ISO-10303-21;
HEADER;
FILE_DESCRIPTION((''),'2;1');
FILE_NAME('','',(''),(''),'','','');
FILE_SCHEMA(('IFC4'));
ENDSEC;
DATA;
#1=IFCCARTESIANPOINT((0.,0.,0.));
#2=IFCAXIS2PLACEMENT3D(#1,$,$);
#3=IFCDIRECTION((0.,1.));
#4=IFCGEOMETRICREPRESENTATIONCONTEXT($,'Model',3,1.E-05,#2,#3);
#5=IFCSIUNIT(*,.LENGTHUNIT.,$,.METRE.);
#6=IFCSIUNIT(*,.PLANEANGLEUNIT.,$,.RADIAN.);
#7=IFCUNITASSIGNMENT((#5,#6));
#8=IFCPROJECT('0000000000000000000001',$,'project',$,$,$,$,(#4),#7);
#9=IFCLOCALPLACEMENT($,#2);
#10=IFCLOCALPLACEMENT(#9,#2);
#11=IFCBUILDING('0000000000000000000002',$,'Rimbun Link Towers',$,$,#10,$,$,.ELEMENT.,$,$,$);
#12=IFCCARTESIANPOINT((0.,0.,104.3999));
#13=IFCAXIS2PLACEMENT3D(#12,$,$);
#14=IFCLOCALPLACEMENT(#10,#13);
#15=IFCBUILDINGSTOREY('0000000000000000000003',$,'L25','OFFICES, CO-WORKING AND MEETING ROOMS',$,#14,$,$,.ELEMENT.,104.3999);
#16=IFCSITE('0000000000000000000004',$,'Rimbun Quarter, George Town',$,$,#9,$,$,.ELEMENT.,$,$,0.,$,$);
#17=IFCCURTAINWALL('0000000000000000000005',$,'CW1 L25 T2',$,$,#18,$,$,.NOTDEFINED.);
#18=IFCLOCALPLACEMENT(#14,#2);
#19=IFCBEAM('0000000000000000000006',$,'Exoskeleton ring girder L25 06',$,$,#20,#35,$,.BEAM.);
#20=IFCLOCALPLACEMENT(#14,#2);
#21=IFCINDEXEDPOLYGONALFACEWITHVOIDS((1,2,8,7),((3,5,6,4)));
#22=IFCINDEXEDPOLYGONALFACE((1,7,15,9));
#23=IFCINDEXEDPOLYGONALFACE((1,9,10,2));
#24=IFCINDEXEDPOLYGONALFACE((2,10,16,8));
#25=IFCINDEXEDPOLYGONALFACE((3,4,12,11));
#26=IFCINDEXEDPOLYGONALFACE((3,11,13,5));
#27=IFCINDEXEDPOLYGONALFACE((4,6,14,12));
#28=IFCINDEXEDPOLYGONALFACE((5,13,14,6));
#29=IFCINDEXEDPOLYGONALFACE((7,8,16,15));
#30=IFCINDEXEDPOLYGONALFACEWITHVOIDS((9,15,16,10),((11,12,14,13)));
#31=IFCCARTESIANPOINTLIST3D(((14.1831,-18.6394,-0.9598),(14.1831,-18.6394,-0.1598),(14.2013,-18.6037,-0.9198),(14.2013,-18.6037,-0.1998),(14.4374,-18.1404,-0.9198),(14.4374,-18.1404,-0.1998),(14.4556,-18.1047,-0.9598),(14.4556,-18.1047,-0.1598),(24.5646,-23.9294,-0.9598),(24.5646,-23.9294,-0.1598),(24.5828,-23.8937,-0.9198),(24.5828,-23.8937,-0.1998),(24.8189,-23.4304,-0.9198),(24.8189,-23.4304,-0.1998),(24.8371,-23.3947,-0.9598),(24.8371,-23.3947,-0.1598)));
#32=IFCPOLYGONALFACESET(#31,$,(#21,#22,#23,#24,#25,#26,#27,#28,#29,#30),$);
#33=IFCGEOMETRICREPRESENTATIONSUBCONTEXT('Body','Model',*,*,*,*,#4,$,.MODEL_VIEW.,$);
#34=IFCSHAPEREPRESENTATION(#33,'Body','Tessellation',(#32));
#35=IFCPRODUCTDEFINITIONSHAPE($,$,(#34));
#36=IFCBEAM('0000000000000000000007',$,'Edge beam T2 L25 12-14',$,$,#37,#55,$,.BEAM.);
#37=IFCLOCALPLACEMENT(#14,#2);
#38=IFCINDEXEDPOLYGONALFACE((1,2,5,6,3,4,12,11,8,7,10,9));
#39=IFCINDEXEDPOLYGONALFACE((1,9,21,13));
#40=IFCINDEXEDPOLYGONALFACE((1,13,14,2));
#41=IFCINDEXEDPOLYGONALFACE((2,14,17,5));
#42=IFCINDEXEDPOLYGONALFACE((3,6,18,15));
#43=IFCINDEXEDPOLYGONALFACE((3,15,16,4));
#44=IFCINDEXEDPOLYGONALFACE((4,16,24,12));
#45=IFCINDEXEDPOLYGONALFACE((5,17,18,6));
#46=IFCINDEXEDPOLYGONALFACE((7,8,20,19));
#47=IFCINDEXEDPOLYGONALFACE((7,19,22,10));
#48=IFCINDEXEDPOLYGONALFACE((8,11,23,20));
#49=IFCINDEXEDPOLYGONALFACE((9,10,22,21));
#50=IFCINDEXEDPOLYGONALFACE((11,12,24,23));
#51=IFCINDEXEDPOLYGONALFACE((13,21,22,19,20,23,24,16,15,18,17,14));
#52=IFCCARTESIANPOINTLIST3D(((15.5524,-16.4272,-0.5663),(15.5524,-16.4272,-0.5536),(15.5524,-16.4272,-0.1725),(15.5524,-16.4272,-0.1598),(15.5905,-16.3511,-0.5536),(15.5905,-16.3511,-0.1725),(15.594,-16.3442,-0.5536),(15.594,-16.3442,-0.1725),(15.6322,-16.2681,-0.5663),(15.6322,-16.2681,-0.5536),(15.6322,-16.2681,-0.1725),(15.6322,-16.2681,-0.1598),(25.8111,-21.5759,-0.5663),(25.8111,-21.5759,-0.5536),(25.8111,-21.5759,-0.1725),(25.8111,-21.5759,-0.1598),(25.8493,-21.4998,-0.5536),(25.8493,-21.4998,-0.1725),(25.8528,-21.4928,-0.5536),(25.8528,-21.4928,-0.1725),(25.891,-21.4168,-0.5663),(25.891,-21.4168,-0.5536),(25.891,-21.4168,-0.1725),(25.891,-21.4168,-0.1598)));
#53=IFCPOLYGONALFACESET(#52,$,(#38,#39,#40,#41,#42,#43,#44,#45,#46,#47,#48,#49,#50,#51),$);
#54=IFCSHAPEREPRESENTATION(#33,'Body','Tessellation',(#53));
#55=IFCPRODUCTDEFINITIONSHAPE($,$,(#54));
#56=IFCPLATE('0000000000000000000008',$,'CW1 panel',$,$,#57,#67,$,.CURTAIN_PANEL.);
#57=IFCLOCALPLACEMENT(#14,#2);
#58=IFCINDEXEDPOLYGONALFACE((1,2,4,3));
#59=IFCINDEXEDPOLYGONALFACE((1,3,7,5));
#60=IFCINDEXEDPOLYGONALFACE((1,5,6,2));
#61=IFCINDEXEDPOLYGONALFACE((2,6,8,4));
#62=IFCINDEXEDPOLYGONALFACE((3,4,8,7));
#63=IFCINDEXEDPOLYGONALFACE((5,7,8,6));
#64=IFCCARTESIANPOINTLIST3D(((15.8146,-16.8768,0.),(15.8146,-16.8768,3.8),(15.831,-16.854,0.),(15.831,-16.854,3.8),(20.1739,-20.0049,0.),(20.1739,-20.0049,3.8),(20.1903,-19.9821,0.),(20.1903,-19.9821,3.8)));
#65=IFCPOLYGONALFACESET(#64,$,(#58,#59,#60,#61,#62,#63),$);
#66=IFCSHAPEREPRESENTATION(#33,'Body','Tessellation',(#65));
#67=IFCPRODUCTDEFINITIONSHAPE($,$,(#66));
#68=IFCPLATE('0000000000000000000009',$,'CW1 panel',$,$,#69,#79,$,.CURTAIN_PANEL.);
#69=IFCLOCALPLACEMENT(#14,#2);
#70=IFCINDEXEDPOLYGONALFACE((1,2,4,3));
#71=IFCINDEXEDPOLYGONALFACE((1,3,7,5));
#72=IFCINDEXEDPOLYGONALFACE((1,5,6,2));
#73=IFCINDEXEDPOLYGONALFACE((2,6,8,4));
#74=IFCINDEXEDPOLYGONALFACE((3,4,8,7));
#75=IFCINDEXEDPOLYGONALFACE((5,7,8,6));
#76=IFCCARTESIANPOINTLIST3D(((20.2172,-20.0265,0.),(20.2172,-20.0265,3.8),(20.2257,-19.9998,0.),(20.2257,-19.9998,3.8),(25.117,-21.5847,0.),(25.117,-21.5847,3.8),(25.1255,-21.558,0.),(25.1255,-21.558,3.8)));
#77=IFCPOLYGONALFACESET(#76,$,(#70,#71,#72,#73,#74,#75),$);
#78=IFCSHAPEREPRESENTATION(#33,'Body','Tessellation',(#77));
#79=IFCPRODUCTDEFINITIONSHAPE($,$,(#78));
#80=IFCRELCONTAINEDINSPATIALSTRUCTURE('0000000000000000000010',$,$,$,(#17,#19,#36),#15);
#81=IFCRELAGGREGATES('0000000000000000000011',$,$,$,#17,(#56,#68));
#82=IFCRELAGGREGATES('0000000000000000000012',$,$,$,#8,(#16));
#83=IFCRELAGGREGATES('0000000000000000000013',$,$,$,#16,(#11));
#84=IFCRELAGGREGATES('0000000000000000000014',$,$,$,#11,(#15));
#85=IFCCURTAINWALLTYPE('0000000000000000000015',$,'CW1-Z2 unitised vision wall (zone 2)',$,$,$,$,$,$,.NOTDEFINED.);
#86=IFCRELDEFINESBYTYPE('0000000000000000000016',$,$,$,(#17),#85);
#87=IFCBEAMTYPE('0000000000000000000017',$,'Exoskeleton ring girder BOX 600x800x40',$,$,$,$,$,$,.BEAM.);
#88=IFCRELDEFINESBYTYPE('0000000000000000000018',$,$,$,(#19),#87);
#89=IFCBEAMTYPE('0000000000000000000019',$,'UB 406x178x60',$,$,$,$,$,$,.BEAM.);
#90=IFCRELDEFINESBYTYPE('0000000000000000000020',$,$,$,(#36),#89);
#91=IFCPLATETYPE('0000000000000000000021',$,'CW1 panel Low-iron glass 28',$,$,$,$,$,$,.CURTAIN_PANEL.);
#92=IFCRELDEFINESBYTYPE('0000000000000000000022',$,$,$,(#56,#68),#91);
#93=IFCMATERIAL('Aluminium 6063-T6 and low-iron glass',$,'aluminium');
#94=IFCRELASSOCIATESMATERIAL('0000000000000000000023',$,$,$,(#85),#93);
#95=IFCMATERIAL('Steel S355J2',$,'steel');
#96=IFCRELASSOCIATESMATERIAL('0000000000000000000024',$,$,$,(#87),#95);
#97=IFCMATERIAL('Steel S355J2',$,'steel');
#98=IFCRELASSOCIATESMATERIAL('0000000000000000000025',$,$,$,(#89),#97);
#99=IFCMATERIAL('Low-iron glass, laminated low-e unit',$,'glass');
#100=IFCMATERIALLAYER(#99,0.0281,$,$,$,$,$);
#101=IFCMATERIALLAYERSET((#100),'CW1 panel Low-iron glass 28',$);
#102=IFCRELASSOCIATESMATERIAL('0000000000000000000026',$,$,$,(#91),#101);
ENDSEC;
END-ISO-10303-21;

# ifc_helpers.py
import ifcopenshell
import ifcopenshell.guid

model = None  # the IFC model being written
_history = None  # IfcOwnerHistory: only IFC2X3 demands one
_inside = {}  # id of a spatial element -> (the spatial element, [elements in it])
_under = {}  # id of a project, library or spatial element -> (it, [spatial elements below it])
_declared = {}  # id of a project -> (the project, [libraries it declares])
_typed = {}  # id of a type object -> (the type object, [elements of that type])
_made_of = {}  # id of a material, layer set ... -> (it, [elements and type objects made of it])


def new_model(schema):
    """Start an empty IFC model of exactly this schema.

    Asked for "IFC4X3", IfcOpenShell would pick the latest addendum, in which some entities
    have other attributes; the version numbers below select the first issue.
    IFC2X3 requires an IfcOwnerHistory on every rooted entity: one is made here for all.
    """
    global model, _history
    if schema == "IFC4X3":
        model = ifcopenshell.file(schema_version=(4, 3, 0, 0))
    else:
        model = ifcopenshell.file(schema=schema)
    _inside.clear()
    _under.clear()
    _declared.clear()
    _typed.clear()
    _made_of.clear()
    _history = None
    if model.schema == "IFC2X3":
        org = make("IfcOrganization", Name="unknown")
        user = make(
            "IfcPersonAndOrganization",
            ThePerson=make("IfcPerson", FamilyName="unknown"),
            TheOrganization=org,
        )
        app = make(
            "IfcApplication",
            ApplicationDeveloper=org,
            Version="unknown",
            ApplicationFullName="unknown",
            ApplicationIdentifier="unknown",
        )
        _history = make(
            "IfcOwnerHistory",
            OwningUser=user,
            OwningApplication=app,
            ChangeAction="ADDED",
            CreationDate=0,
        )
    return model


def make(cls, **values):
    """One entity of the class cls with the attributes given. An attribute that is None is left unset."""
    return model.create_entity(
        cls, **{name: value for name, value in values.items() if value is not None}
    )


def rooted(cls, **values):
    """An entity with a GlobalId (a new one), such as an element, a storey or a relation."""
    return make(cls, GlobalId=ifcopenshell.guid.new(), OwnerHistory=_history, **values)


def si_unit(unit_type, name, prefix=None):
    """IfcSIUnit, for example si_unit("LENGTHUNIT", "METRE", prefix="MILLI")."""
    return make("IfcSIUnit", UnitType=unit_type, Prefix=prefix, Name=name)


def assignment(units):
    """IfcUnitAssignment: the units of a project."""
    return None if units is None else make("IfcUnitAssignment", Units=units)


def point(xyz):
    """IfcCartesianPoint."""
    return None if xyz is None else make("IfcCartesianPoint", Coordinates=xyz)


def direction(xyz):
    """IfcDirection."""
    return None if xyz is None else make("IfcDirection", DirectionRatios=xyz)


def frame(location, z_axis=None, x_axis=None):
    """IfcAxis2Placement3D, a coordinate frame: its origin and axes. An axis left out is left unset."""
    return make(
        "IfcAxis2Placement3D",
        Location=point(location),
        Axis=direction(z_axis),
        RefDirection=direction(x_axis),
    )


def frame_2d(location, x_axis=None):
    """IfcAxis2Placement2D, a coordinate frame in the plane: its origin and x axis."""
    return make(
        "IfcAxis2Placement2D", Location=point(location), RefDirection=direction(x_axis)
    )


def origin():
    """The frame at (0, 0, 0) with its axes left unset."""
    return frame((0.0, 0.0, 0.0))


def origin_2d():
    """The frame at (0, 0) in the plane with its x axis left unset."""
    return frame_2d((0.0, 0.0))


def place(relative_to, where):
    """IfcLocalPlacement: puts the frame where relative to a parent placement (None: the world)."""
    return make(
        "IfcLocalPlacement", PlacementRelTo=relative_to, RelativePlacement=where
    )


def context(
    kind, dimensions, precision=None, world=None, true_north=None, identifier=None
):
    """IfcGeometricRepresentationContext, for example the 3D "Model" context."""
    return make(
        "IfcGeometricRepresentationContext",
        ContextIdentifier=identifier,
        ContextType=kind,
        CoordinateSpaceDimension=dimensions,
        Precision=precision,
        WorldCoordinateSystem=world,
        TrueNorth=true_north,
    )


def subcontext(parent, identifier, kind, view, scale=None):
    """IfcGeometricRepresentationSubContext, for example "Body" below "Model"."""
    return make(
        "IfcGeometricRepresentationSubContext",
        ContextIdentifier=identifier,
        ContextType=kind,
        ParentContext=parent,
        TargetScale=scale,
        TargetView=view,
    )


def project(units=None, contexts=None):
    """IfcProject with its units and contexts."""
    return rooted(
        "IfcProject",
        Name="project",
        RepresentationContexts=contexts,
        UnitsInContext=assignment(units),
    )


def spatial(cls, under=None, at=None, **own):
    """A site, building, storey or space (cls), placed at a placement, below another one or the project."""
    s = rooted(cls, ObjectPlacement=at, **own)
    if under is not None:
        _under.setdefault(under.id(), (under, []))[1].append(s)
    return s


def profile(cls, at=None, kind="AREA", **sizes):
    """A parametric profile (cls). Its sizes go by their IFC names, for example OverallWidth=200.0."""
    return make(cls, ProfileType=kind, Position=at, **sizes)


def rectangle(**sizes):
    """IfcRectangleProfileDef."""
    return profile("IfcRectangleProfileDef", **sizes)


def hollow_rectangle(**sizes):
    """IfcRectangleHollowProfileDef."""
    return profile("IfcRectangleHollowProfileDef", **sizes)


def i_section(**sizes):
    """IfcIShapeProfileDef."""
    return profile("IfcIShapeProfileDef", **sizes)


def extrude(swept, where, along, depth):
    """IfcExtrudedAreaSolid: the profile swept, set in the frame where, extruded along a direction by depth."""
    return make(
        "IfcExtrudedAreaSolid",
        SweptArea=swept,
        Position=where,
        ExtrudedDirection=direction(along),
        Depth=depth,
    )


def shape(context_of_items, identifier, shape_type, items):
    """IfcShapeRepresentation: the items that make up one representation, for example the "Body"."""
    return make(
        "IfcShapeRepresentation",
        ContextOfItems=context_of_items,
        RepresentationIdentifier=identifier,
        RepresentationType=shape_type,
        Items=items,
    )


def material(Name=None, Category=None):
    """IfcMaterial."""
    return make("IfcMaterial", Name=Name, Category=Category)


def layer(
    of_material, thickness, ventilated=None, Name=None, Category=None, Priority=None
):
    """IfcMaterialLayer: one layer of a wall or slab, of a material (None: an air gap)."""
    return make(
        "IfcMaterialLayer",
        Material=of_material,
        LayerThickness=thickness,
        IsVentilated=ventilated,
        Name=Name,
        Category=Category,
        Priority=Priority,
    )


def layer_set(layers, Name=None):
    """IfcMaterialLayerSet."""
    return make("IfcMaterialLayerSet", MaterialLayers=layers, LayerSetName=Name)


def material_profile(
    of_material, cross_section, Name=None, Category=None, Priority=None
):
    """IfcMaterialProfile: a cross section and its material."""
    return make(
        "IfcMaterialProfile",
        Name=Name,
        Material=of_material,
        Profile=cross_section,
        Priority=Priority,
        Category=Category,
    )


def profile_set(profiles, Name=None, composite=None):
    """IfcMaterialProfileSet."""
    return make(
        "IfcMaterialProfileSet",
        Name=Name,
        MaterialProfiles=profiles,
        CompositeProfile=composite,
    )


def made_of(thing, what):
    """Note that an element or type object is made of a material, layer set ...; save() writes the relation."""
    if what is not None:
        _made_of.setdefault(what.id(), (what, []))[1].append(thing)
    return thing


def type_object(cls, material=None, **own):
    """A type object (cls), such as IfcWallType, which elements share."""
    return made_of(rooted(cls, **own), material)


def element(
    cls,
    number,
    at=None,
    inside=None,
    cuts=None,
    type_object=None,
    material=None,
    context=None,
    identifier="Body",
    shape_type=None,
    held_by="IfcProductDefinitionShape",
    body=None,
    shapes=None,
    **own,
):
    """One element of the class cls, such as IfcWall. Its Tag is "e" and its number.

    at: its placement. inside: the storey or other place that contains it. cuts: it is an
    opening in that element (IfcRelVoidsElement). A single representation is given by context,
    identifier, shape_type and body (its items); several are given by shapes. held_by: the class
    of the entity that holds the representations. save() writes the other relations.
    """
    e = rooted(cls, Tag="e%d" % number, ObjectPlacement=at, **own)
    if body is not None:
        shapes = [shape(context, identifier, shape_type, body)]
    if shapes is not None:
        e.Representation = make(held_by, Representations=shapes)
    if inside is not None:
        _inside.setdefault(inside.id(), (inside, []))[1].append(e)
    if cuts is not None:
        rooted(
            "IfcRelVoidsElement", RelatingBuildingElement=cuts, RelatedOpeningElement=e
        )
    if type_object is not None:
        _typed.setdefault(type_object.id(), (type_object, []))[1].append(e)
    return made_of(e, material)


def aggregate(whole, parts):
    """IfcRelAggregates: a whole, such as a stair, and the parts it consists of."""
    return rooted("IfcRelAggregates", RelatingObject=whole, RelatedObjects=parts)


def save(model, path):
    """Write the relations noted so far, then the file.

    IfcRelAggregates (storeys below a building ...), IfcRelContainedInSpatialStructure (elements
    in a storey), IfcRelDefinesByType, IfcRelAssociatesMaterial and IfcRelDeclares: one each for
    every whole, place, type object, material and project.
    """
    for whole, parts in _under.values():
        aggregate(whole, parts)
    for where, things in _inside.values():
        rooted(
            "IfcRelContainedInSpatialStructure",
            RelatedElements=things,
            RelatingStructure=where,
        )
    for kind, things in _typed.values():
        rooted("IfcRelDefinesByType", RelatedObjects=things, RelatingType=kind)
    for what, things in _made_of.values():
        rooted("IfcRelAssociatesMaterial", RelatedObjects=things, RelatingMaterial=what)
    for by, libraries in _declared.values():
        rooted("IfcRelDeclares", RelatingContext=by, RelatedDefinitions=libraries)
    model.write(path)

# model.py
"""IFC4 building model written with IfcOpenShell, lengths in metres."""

from ifc_helpers import new_model, si_unit, direction, frame, origin, origin_2d, place, context, subcontext, project, spatial, rectangle, hollow_rectangle, i_section, extrude, material, layer, layer_set, material_profile, profile_set, type_object, element, aggregate, save


model = new_model("IFC4")

# Units and contexts
model_context = context("Model", 3, precision=1e-05, world=origin(), true_north=direction((0.0, 1.0)))
body_context = subcontext(model_context, "Body", "Model", "MODEL_VIEW")
ifc_project = project(units=[si_unit("LENGTHUNIT", "METRE"), si_unit("PLANEANGLEUNIT", "RADIAN")], contexts=[model_context])

# Site, building, storey
site_placement = place(None, origin())
site = spatial("IfcSite", under=ifc_project, at=site_placement, Name="Rimbun Quarter, George Town", CompositionType="ELEMENT", RefElevation=0.0)
building_placement = place(site_placement, origin())
building = spatial("IfcBuilding", under=site, at=building_placement, Name="Rimbun Link Towers", CompositionType="ELEMENT")
storey_placement = place(building_placement, frame((0.0, 0.0, 104.3999)))
storey = spatial("IfcBuildingStorey", under=building, at=storey_placement, Name="L25", Description="OFFICES, CO-WORKING AND MEETING ROOMS", CompositionType="ELEMENT", Elevation=104.3999)

# Curtain wall
ifc_material_1 = material(Name="Aluminium 6063-T6 and low-iron glass", Category="aluminium")
curtain_wall_type = type_object("IfcCurtainWallType", Name="CW1-Z2 unitised vision wall (zone 2)", PredefinedType="NOTDEFINED", material=ifc_material_1)
curtain_wall_placement = place(storey_placement, origin())
curtain_wall = element("IfcCurtainWall", 1, at=curtain_wall_placement, inside=storey, type_object=curtain_wall_type, Name="CW1 L25 T2", PredefinedType="NOTDEFINED")

# Beams
ifc_material_2 = material(Name="Steel S355J2", Category="steel")
ifc_material_profile_1 = material_profile(ifc_material_2, hollow_rectangle(XDim=0.6001, YDim=0.8, WallThickness=0.04, at=origin_2d()), Name="Exoskeleton ring girder BOX 600x800x40")
ifc_profile_set_1 = profile_set([ifc_material_profile_1], Name="Steel S355J2")
beam_type_1 = type_object("IfcBeamType", Name="Exoskeleton ring girder BOX 600x800x40", PredefinedType="BEAM", material=ifc_profile_set_1)
beam_1_placement = place(storey_placement, frame((14.3193, -18.3721, -0.5598), z_axis=(0.890994, -0.454015, 0.0), x_axis=(0.454015, 0.890994, 0.0)))
element("IfcBeam", 2, at=beam_1_placement, inside=storey, type_object=beam_type_1, Name="Exoskeleton ring girder L25 06", PredefinedType="BEAM", context=body_context, shape_type="SweptSolid", body=[
    extrude(hollow_rectangle(XDim=0.6001, YDim=0.8, WallThickness=0.04, at=origin_2d()), origin(), (0.0, 0.0, 1.0), 11.6516),
])
ifc_material_3 = material(Name="Steel S355J2", Category="steel")
ifc_material_profile_2 = material_profile(ifc_material_3, i_section(OverallWidth=0.178, OverallDepth=0.4065, WebThickness=0.0078, FlangeThickness=0.0127, at=origin_2d()), Name="UB 406x178x60")
ifc_profile_set_2 = profile_set([ifc_material_profile_2], Name="Steel S355J2")
beam_type_2 = type_object("IfcBeamType", Name="UB 406x178x60", PredefinedType="BEAM", material=ifc_profile_set_2)
beam_2_placement = place(storey_placement, frame((15.5923, -16.3477, -0.363), z_axis=(0.893754, -0.448557, 0.0), x_axis=(0.448557, 0.893754, 0.0)))
element("IfcBeam", 3, at=beam_2_placement, inside=storey, type_object=beam_type_2, Name="Edge beam T2 L25 12-14", PredefinedType="BEAM", context=body_context, shape_type="SweptSolid", body=[
    extrude(i_section(OverallWidth=0.178, OverallDepth=0.4065, WebThickness=0.0078, FlangeThickness=0.0127, at=origin_2d()), origin(), (0.0, 0.0, 1.0), 11.4783),
])

# Plates
ifc_material_4 = material(Name="Low-iron glass, laminated low-e unit", Category="glass")
ifc_layer = layer(ifc_material_4, 0.0281)
ifc_layer_set = layer_set([ifc_layer], Name="CW1 panel Low-iron glass 28")
plate_type = type_object("IfcPlateType", Name="CW1 panel Low-iron glass 28", PredefinedType="CURTAIN_PANEL", material=ifc_layer_set)
plate_1_placement = place(storey_placement, frame((18.0024, -18.4294, 0.0), z_axis=(0.0, 0.0, 1.0), x_axis=(-0.812467, 0.583007, 0.0)))
plate_1 = element("IfcPlate", 4, at=plate_1_placement, type_object=plate_type, Name="CW1 panel", PredefinedType="CURTAIN_PANEL", context=body_context, shape_type="SweptSolid", body=[
    extrude(rectangle(XDim=5.3655, YDim=0.0281, at=origin_2d()), origin(), (0.0, 0.0, 1.0), 3.8),
])
plate_2_placement = place(storey_placement, frame((22.6714, -20.7922, 0.0), z_axis=(0.0, 0.0, 1.0), x_axis=(-0.952972, 0.303057, 0.0)))
plate_2 = element("IfcPlate", 5, at=plate_2_placement, type_object=plate_type, Name="CW1 panel", PredefinedType="CURTAIN_PANEL", context=body_context, shape_type="SweptSolid", body=[
    extrude(rectangle(XDim=5.1416, YDim=0.0281, at=origin_2d()), origin(), (0.0, 0.0, 1.0), 3.8),
])
aggregate(curtain_wall, [plate_1, plate_2])

save(model, "model.ifc")
